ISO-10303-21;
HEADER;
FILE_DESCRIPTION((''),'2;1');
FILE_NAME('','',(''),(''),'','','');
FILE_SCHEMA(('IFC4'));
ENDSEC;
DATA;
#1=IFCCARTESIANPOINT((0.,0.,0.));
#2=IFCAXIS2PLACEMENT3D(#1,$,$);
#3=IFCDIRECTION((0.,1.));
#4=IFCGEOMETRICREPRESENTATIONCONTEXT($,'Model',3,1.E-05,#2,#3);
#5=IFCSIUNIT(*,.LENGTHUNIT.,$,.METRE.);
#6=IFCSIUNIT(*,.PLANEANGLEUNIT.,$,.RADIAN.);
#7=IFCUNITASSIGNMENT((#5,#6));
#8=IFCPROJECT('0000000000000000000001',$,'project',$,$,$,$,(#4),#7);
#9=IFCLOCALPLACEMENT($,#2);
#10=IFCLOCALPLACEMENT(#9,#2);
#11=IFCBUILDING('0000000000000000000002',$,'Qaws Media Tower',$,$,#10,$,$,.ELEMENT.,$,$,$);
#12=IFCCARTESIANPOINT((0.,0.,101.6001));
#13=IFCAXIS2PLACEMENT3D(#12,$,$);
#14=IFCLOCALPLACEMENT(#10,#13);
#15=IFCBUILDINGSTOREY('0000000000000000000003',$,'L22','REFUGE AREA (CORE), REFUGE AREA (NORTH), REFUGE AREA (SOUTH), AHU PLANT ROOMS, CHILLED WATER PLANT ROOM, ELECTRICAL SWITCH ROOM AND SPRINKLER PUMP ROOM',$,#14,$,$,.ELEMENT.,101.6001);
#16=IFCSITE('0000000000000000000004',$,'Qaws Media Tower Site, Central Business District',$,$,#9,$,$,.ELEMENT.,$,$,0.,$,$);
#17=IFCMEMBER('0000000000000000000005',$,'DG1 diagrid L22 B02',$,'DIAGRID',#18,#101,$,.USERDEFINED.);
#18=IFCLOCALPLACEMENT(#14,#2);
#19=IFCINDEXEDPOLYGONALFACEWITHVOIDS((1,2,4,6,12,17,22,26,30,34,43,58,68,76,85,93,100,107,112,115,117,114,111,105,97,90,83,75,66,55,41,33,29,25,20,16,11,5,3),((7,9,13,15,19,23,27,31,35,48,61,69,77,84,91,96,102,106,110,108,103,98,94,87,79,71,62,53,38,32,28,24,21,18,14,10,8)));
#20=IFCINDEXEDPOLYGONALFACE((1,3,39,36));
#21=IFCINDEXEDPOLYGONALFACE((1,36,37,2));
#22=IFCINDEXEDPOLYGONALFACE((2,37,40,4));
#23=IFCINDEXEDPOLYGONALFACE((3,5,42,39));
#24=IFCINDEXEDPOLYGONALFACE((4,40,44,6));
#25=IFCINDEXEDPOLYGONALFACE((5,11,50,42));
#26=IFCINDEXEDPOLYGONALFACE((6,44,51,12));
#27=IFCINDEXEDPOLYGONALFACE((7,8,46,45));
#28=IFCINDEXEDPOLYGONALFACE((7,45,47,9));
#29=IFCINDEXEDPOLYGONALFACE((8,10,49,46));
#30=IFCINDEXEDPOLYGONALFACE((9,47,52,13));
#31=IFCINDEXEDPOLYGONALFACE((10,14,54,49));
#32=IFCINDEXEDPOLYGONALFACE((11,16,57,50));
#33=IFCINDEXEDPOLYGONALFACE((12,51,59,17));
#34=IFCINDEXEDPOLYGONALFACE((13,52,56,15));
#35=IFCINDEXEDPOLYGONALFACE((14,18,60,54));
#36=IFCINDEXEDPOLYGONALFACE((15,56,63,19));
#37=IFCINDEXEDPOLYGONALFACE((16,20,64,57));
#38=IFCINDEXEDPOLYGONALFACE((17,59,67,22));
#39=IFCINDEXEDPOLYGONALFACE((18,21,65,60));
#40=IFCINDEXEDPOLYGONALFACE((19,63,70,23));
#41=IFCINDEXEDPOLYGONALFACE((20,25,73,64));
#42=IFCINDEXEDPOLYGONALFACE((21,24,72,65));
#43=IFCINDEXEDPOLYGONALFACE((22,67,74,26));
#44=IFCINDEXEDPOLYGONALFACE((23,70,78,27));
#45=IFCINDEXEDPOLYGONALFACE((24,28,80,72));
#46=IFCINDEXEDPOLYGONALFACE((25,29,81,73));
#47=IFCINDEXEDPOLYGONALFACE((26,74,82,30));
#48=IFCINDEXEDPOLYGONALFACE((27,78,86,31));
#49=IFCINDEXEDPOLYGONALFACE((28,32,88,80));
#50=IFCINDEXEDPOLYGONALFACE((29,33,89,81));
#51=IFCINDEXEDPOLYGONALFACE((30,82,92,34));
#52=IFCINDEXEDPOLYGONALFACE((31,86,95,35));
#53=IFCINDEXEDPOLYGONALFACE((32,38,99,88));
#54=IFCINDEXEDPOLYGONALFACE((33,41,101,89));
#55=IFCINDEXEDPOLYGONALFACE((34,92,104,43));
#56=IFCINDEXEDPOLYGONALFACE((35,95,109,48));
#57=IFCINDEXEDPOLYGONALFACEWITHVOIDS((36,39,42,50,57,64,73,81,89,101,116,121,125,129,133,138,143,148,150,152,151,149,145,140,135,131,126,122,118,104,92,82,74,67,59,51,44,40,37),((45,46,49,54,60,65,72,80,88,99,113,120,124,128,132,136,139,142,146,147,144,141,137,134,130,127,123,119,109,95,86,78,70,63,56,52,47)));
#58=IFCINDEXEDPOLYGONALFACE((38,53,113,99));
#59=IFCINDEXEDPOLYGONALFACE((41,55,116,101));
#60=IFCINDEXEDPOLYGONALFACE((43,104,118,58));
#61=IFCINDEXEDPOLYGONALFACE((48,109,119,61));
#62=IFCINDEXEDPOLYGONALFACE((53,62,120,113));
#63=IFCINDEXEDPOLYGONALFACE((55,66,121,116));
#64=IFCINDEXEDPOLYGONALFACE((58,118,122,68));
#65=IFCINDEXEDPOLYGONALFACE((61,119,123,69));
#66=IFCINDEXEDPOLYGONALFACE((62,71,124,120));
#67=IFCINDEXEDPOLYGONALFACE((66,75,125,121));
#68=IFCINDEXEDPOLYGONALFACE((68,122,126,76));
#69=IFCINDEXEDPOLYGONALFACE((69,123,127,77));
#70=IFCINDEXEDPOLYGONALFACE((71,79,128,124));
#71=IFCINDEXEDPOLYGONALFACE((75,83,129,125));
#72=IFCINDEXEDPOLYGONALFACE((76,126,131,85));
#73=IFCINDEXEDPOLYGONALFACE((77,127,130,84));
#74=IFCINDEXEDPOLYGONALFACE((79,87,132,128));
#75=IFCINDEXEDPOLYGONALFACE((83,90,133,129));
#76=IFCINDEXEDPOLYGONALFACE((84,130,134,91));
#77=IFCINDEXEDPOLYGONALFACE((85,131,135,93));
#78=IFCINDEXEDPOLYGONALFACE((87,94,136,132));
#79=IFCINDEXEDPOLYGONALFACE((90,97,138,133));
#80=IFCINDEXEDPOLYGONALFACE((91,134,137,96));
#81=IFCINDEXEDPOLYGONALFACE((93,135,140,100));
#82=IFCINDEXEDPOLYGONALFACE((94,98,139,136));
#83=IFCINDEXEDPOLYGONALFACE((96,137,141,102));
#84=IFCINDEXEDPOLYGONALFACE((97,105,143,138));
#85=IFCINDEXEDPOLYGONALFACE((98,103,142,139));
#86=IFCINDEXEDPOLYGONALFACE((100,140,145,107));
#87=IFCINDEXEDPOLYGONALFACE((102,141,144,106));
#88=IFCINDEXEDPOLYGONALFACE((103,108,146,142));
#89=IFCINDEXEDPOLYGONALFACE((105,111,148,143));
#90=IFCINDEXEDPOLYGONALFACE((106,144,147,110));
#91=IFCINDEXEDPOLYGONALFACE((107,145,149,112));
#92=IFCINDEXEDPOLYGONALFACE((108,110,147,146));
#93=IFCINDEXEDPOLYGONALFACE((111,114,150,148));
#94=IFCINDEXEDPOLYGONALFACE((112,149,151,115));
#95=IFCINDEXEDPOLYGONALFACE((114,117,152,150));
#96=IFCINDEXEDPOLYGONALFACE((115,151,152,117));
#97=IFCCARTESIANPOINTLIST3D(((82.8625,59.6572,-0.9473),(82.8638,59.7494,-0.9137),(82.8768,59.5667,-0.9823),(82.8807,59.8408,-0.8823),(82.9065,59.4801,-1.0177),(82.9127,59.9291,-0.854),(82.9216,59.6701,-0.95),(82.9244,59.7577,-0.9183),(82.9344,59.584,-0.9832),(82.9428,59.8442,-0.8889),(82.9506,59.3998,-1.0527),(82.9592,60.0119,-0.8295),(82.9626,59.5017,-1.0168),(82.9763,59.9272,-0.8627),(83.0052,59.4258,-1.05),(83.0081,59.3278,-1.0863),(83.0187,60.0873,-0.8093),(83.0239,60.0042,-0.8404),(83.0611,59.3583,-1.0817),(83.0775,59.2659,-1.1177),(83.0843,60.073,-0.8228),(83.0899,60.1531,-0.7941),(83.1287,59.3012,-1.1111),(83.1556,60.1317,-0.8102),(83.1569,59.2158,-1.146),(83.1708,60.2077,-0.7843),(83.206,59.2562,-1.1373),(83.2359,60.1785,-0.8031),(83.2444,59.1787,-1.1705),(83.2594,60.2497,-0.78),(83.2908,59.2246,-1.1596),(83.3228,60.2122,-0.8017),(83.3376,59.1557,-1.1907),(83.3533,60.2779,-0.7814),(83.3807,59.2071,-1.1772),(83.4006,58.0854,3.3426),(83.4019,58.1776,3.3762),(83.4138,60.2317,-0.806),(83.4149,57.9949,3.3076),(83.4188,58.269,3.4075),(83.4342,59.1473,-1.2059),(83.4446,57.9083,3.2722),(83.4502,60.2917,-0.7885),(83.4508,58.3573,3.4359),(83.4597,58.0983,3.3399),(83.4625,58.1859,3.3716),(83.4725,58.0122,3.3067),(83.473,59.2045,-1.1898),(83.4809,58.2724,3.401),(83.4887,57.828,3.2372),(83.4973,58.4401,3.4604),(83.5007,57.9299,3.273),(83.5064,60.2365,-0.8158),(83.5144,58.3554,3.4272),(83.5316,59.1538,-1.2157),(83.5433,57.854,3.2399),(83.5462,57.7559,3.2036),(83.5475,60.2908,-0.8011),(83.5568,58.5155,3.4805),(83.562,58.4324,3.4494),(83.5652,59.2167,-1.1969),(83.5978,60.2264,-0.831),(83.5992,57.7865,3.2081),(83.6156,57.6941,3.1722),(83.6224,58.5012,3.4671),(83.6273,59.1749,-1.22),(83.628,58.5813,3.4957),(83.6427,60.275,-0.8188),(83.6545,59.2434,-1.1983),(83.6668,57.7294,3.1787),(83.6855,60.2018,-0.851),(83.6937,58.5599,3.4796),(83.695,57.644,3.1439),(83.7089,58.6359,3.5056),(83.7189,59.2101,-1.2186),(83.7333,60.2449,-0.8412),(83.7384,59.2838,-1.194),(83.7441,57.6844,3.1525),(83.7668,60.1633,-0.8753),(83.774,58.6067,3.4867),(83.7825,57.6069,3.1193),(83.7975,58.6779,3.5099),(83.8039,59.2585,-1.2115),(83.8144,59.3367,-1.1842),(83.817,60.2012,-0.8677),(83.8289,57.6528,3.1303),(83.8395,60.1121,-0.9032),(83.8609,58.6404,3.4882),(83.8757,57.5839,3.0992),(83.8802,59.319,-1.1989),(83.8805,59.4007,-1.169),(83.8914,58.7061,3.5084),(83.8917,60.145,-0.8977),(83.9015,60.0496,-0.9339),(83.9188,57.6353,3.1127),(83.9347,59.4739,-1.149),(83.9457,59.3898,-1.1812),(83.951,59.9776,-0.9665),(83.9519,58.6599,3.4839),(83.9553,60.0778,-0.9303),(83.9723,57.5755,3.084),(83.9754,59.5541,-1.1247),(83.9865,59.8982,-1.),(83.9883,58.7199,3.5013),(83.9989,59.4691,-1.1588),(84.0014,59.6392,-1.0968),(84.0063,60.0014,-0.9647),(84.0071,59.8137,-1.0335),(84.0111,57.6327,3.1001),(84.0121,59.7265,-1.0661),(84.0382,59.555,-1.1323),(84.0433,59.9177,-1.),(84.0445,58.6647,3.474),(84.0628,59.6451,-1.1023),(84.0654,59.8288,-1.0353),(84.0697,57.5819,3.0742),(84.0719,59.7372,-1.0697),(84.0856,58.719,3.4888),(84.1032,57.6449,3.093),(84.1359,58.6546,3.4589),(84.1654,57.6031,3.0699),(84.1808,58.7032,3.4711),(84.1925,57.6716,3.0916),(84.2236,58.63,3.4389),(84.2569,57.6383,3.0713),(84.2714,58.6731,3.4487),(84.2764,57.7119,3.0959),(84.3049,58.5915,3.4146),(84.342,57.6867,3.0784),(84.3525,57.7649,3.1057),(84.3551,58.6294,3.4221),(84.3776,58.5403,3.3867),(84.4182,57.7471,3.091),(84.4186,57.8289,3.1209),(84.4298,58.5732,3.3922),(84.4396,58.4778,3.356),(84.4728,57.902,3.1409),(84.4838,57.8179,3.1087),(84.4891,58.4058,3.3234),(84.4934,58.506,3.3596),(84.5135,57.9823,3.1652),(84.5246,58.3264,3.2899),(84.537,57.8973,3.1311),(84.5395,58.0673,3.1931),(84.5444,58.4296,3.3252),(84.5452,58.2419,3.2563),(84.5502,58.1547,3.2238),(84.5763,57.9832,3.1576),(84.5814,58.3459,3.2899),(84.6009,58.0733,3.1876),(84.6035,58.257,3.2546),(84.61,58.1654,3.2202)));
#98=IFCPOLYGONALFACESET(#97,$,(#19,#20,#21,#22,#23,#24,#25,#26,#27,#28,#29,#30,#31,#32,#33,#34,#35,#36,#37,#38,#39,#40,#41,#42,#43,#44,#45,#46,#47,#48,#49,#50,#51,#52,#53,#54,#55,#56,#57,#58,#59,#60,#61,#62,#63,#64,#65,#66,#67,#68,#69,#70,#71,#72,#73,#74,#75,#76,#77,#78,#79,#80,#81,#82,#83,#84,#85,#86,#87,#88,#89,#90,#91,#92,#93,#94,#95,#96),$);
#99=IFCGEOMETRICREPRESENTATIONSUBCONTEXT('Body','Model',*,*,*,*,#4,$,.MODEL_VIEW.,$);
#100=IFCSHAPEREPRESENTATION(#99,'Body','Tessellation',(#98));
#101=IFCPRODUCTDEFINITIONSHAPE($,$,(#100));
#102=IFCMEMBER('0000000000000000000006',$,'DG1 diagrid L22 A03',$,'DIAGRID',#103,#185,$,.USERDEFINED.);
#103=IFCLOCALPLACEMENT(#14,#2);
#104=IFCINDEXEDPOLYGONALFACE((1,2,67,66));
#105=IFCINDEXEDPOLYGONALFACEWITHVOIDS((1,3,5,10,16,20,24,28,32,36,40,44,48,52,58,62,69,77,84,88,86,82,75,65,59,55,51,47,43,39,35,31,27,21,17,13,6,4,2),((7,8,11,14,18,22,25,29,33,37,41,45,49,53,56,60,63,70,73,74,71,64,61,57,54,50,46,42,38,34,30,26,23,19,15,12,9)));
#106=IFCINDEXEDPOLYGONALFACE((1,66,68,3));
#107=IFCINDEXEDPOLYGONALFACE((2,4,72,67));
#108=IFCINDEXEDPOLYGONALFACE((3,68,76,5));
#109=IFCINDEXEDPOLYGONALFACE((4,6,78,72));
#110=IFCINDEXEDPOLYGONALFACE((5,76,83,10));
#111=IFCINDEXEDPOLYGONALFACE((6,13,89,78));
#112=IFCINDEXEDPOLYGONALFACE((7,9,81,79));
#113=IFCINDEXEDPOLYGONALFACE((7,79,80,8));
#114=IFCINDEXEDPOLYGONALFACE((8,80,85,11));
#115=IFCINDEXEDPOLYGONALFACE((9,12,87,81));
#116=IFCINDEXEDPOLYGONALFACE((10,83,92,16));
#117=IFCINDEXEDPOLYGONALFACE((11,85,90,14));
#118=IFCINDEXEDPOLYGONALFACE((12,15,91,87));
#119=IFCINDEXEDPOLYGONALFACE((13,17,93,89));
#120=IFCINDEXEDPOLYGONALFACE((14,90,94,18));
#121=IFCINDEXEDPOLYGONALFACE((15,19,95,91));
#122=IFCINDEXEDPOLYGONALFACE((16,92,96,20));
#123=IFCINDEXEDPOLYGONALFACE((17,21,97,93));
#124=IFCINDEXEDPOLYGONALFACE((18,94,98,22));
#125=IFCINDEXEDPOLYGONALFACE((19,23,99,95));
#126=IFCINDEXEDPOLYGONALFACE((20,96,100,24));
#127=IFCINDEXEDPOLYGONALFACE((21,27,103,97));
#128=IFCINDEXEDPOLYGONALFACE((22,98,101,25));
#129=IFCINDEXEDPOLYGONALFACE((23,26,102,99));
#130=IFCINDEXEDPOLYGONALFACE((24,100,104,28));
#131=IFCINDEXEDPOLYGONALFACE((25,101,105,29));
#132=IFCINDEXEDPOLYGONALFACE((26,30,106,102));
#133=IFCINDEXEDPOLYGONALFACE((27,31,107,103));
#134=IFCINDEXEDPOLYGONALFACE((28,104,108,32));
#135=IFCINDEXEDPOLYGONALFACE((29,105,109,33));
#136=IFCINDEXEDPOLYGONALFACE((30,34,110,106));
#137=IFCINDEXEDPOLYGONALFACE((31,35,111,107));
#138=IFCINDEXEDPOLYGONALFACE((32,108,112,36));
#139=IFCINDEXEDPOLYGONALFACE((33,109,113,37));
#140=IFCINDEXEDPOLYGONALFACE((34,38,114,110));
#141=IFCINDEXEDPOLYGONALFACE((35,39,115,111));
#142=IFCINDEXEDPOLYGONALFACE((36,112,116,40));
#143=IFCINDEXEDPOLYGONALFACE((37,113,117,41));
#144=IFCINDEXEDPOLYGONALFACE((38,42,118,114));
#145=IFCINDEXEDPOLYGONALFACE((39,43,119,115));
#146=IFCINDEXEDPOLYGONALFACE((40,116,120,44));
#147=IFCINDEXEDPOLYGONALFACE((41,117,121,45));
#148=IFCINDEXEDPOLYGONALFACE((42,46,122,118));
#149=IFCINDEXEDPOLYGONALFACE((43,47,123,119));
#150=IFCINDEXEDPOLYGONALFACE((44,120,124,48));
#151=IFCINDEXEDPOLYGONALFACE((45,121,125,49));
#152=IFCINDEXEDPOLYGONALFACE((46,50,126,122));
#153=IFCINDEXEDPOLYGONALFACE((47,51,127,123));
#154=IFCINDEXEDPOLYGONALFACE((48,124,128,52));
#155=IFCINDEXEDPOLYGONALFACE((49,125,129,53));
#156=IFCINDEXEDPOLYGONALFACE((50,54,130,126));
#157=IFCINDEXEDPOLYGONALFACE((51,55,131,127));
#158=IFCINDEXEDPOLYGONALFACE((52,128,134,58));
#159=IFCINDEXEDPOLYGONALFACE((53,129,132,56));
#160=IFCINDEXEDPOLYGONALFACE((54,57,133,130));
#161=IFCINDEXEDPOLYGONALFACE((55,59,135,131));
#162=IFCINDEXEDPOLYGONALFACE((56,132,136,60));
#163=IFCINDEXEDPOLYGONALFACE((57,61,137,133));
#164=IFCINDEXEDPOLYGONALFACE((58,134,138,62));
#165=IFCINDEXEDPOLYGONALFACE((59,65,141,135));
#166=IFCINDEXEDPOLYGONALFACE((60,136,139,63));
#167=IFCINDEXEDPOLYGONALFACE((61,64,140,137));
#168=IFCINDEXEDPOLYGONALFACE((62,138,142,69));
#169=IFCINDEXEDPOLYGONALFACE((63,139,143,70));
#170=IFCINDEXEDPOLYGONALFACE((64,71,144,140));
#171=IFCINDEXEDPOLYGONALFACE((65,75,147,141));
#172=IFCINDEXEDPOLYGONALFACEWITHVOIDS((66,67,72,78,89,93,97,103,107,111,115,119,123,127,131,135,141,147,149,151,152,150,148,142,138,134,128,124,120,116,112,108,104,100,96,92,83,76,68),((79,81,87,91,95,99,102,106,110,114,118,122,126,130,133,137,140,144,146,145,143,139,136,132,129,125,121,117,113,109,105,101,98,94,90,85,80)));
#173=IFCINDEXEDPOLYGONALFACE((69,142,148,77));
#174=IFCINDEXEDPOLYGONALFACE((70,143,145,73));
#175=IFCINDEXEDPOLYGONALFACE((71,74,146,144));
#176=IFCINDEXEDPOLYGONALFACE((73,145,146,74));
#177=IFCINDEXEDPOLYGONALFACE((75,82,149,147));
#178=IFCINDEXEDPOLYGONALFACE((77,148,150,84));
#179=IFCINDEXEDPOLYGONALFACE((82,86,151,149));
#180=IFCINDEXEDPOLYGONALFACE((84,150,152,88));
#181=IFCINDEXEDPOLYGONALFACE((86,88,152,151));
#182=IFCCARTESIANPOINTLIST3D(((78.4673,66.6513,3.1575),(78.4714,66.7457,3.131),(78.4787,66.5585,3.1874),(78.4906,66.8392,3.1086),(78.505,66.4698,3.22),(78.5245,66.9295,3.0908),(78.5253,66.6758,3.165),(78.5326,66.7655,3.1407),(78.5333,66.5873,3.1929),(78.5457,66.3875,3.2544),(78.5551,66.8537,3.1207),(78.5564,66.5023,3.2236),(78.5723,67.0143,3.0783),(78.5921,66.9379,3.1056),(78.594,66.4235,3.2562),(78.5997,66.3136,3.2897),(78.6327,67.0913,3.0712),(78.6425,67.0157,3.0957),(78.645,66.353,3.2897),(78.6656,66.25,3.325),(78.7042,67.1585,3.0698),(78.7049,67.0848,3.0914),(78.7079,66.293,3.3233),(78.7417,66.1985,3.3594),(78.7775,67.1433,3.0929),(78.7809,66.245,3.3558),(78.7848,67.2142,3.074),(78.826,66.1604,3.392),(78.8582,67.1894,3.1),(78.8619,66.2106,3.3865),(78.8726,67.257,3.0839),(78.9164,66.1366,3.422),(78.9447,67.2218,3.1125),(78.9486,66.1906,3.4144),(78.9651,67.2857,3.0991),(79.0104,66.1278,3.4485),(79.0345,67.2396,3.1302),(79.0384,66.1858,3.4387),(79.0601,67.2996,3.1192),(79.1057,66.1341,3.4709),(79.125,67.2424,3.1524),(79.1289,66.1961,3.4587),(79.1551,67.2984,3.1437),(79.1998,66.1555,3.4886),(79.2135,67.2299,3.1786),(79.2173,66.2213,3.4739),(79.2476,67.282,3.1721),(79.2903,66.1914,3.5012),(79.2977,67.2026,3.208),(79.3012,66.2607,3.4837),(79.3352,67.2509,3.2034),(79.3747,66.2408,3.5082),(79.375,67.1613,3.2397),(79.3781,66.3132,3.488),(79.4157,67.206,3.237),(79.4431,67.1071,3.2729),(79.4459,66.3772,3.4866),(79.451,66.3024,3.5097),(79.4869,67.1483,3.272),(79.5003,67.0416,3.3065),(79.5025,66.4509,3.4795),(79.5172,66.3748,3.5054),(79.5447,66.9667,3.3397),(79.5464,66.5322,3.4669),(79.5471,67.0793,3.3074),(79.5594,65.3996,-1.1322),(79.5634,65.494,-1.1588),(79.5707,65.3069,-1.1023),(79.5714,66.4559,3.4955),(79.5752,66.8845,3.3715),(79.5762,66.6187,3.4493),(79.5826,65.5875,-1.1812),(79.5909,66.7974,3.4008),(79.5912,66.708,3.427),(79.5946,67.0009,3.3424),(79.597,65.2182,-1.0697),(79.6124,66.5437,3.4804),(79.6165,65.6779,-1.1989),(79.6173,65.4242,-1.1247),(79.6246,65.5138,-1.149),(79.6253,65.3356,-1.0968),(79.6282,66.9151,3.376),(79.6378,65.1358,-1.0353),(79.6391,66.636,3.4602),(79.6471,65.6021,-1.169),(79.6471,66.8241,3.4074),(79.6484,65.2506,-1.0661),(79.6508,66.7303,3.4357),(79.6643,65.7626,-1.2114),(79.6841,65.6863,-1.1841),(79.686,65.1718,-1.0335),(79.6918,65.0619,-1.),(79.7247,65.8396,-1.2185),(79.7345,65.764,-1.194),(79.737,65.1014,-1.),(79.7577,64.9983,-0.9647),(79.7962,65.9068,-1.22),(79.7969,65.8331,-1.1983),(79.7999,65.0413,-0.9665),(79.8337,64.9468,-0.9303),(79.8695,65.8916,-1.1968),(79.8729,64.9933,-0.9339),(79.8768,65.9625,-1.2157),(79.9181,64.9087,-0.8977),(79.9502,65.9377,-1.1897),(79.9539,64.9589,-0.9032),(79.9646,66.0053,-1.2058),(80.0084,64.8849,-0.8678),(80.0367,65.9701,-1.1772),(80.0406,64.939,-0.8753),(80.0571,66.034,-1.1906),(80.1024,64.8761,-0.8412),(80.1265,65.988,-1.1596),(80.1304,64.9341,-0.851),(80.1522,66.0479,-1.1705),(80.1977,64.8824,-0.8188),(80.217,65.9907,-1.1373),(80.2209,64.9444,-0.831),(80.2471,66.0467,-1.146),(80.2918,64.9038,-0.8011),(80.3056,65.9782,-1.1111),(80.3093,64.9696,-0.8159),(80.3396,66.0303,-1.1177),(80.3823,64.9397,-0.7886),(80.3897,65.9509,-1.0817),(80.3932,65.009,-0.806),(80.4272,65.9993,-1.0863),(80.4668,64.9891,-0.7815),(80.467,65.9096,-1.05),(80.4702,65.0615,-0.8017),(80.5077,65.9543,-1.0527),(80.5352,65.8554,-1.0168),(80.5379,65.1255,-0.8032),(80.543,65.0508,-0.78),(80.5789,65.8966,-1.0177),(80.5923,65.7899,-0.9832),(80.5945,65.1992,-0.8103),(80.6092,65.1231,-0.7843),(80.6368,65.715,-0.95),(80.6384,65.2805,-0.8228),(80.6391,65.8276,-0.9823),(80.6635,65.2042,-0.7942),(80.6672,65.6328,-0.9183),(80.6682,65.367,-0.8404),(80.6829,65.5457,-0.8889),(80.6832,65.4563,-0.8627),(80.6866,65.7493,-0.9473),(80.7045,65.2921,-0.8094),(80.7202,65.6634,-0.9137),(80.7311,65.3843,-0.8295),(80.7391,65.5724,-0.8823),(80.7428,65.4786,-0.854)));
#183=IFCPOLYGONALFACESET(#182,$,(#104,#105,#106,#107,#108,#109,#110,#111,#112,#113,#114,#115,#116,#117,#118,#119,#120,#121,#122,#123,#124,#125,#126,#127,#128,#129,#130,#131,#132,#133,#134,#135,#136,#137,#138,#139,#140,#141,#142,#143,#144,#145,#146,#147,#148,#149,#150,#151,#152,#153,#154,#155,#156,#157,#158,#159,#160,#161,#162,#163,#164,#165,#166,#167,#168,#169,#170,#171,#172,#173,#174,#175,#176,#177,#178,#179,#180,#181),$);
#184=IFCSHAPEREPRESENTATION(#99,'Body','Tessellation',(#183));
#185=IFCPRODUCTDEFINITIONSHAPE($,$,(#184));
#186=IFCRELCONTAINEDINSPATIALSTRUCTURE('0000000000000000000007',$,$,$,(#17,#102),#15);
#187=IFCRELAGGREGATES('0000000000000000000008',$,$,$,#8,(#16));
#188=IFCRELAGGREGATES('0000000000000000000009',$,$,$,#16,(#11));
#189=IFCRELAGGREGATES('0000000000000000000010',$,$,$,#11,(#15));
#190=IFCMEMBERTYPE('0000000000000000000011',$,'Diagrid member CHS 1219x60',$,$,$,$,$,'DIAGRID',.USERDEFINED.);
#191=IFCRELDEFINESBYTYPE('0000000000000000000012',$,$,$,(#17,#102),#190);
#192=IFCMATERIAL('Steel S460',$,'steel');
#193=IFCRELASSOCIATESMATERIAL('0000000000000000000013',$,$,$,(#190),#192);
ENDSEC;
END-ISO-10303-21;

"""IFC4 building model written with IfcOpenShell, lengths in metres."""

from ifc_helpers import new_model, si_unit, direction, frame, origin, origin_2d, place, context, subcontext, project, spatial, hollow_circle, extrude, material, material_profile, profile_set, type_object, element, save


model = new_model("IFC4")

# Units and contexts
model_context = context("Model", 3, precision=1e-05, world=origin(), true_north=direction((0.0, 1.0)))
body_context = subcontext(model_context, "Body", "Model", "MODEL_VIEW")
ifc_project = project(units=[si_unit("LENGTHUNIT", "METRE"), si_unit("PLANEANGLEUNIT", "RADIAN")], contexts=[model_context])

# Site, building, storey
site_placement = place(None, origin())
site = spatial("IfcSite", under=ifc_project, at=site_placement, Name="Qaws Media Tower Site, Central Business District", CompositionType="ELEMENT", RefElevation=0.0)
building_placement = place(site_placement, origin())
building = spatial("IfcBuilding", under=site, at=building_placement, Name="Qaws Media Tower", CompositionType="ELEMENT")
storey_placement = place(building_placement, frame((0.0, 0.0, 101.6001)))
storey = spatial("IfcBuildingStorey", under=building, at=storey_placement, Name="L22", Description="REFUGE AREA (CORE), REFUGE AREA (NORTH), REFUGE AREA (SOUTH), AHU PLANT ROOMS, CHILLED WATER PLANT ROOM, ELECTRICAL SWITCH ROOM AND SPRINKLER PUMP ROOM", CompositionType="ELEMENT", Elevation=101.6001)

# Members
ifc_material_1 = material(Name="Steel S460", Category="steel")
ifc_material_profile_1 = material_profile(ifc_material_1, hollow_circle(Radius=0.6096, WallThickness=0.0601, at=origin_2d()), Name="CHS 1219x60")
ifc_profile_set_1 = profile_set([ifc_material_profile_1], Name="Steel S460")
member_type_1 = type_object("IfcMemberType", Name="Diagrid member CHS 1219x60", ElementType="DIAGRID", PredefinedType="USERDEFINED", material=ifc_profile_set_1)
member_1_placement = place(storey_placement, frame((83.4666, 59.7202, -1.0), z_axis=(0.116969, -0.341672, 0.932512), x_axis=(0.946095, 0.323888, 0.0)))
element("IfcMember", 1, at=member_1_placement, inside=storey, type_object=member_type_1, Name="DG1 diagrid L22 B02", ObjectType="DIAGRID", PredefinedType="USERDEFINED", context=body_context, shape_type="SweptSolid", body=[
    extrude(hollow_circle(Radius=0.6096, WallThickness=0.0601, at=origin_2d()), origin(), (0.0, 0.0, 1.0), 4.6003),
])
member_2_placement = place(storey_placement, frame((80.1511, 65.4626, -1.0), z_axis=(-0.237391, 0.2721, 0.932527), x_axis=(-0.753532, -0.657411, 0.0)))
element("IfcMember", 2, at=member_2_placement, inside=storey, type_object=member_type_1, Name="DG1 diagrid L22 A03", ObjectType="DIAGRID", PredefinedType="USERDEFINED", context=body_context, shape_type="SweptSolid", body=[
    extrude(hollow_circle(Radius=0.6096, WallThickness=0.0601, at=origin_2d()), origin(), (0.0, 0.0, 1.0), 4.6001),
])

save(model, "model.ifc")
